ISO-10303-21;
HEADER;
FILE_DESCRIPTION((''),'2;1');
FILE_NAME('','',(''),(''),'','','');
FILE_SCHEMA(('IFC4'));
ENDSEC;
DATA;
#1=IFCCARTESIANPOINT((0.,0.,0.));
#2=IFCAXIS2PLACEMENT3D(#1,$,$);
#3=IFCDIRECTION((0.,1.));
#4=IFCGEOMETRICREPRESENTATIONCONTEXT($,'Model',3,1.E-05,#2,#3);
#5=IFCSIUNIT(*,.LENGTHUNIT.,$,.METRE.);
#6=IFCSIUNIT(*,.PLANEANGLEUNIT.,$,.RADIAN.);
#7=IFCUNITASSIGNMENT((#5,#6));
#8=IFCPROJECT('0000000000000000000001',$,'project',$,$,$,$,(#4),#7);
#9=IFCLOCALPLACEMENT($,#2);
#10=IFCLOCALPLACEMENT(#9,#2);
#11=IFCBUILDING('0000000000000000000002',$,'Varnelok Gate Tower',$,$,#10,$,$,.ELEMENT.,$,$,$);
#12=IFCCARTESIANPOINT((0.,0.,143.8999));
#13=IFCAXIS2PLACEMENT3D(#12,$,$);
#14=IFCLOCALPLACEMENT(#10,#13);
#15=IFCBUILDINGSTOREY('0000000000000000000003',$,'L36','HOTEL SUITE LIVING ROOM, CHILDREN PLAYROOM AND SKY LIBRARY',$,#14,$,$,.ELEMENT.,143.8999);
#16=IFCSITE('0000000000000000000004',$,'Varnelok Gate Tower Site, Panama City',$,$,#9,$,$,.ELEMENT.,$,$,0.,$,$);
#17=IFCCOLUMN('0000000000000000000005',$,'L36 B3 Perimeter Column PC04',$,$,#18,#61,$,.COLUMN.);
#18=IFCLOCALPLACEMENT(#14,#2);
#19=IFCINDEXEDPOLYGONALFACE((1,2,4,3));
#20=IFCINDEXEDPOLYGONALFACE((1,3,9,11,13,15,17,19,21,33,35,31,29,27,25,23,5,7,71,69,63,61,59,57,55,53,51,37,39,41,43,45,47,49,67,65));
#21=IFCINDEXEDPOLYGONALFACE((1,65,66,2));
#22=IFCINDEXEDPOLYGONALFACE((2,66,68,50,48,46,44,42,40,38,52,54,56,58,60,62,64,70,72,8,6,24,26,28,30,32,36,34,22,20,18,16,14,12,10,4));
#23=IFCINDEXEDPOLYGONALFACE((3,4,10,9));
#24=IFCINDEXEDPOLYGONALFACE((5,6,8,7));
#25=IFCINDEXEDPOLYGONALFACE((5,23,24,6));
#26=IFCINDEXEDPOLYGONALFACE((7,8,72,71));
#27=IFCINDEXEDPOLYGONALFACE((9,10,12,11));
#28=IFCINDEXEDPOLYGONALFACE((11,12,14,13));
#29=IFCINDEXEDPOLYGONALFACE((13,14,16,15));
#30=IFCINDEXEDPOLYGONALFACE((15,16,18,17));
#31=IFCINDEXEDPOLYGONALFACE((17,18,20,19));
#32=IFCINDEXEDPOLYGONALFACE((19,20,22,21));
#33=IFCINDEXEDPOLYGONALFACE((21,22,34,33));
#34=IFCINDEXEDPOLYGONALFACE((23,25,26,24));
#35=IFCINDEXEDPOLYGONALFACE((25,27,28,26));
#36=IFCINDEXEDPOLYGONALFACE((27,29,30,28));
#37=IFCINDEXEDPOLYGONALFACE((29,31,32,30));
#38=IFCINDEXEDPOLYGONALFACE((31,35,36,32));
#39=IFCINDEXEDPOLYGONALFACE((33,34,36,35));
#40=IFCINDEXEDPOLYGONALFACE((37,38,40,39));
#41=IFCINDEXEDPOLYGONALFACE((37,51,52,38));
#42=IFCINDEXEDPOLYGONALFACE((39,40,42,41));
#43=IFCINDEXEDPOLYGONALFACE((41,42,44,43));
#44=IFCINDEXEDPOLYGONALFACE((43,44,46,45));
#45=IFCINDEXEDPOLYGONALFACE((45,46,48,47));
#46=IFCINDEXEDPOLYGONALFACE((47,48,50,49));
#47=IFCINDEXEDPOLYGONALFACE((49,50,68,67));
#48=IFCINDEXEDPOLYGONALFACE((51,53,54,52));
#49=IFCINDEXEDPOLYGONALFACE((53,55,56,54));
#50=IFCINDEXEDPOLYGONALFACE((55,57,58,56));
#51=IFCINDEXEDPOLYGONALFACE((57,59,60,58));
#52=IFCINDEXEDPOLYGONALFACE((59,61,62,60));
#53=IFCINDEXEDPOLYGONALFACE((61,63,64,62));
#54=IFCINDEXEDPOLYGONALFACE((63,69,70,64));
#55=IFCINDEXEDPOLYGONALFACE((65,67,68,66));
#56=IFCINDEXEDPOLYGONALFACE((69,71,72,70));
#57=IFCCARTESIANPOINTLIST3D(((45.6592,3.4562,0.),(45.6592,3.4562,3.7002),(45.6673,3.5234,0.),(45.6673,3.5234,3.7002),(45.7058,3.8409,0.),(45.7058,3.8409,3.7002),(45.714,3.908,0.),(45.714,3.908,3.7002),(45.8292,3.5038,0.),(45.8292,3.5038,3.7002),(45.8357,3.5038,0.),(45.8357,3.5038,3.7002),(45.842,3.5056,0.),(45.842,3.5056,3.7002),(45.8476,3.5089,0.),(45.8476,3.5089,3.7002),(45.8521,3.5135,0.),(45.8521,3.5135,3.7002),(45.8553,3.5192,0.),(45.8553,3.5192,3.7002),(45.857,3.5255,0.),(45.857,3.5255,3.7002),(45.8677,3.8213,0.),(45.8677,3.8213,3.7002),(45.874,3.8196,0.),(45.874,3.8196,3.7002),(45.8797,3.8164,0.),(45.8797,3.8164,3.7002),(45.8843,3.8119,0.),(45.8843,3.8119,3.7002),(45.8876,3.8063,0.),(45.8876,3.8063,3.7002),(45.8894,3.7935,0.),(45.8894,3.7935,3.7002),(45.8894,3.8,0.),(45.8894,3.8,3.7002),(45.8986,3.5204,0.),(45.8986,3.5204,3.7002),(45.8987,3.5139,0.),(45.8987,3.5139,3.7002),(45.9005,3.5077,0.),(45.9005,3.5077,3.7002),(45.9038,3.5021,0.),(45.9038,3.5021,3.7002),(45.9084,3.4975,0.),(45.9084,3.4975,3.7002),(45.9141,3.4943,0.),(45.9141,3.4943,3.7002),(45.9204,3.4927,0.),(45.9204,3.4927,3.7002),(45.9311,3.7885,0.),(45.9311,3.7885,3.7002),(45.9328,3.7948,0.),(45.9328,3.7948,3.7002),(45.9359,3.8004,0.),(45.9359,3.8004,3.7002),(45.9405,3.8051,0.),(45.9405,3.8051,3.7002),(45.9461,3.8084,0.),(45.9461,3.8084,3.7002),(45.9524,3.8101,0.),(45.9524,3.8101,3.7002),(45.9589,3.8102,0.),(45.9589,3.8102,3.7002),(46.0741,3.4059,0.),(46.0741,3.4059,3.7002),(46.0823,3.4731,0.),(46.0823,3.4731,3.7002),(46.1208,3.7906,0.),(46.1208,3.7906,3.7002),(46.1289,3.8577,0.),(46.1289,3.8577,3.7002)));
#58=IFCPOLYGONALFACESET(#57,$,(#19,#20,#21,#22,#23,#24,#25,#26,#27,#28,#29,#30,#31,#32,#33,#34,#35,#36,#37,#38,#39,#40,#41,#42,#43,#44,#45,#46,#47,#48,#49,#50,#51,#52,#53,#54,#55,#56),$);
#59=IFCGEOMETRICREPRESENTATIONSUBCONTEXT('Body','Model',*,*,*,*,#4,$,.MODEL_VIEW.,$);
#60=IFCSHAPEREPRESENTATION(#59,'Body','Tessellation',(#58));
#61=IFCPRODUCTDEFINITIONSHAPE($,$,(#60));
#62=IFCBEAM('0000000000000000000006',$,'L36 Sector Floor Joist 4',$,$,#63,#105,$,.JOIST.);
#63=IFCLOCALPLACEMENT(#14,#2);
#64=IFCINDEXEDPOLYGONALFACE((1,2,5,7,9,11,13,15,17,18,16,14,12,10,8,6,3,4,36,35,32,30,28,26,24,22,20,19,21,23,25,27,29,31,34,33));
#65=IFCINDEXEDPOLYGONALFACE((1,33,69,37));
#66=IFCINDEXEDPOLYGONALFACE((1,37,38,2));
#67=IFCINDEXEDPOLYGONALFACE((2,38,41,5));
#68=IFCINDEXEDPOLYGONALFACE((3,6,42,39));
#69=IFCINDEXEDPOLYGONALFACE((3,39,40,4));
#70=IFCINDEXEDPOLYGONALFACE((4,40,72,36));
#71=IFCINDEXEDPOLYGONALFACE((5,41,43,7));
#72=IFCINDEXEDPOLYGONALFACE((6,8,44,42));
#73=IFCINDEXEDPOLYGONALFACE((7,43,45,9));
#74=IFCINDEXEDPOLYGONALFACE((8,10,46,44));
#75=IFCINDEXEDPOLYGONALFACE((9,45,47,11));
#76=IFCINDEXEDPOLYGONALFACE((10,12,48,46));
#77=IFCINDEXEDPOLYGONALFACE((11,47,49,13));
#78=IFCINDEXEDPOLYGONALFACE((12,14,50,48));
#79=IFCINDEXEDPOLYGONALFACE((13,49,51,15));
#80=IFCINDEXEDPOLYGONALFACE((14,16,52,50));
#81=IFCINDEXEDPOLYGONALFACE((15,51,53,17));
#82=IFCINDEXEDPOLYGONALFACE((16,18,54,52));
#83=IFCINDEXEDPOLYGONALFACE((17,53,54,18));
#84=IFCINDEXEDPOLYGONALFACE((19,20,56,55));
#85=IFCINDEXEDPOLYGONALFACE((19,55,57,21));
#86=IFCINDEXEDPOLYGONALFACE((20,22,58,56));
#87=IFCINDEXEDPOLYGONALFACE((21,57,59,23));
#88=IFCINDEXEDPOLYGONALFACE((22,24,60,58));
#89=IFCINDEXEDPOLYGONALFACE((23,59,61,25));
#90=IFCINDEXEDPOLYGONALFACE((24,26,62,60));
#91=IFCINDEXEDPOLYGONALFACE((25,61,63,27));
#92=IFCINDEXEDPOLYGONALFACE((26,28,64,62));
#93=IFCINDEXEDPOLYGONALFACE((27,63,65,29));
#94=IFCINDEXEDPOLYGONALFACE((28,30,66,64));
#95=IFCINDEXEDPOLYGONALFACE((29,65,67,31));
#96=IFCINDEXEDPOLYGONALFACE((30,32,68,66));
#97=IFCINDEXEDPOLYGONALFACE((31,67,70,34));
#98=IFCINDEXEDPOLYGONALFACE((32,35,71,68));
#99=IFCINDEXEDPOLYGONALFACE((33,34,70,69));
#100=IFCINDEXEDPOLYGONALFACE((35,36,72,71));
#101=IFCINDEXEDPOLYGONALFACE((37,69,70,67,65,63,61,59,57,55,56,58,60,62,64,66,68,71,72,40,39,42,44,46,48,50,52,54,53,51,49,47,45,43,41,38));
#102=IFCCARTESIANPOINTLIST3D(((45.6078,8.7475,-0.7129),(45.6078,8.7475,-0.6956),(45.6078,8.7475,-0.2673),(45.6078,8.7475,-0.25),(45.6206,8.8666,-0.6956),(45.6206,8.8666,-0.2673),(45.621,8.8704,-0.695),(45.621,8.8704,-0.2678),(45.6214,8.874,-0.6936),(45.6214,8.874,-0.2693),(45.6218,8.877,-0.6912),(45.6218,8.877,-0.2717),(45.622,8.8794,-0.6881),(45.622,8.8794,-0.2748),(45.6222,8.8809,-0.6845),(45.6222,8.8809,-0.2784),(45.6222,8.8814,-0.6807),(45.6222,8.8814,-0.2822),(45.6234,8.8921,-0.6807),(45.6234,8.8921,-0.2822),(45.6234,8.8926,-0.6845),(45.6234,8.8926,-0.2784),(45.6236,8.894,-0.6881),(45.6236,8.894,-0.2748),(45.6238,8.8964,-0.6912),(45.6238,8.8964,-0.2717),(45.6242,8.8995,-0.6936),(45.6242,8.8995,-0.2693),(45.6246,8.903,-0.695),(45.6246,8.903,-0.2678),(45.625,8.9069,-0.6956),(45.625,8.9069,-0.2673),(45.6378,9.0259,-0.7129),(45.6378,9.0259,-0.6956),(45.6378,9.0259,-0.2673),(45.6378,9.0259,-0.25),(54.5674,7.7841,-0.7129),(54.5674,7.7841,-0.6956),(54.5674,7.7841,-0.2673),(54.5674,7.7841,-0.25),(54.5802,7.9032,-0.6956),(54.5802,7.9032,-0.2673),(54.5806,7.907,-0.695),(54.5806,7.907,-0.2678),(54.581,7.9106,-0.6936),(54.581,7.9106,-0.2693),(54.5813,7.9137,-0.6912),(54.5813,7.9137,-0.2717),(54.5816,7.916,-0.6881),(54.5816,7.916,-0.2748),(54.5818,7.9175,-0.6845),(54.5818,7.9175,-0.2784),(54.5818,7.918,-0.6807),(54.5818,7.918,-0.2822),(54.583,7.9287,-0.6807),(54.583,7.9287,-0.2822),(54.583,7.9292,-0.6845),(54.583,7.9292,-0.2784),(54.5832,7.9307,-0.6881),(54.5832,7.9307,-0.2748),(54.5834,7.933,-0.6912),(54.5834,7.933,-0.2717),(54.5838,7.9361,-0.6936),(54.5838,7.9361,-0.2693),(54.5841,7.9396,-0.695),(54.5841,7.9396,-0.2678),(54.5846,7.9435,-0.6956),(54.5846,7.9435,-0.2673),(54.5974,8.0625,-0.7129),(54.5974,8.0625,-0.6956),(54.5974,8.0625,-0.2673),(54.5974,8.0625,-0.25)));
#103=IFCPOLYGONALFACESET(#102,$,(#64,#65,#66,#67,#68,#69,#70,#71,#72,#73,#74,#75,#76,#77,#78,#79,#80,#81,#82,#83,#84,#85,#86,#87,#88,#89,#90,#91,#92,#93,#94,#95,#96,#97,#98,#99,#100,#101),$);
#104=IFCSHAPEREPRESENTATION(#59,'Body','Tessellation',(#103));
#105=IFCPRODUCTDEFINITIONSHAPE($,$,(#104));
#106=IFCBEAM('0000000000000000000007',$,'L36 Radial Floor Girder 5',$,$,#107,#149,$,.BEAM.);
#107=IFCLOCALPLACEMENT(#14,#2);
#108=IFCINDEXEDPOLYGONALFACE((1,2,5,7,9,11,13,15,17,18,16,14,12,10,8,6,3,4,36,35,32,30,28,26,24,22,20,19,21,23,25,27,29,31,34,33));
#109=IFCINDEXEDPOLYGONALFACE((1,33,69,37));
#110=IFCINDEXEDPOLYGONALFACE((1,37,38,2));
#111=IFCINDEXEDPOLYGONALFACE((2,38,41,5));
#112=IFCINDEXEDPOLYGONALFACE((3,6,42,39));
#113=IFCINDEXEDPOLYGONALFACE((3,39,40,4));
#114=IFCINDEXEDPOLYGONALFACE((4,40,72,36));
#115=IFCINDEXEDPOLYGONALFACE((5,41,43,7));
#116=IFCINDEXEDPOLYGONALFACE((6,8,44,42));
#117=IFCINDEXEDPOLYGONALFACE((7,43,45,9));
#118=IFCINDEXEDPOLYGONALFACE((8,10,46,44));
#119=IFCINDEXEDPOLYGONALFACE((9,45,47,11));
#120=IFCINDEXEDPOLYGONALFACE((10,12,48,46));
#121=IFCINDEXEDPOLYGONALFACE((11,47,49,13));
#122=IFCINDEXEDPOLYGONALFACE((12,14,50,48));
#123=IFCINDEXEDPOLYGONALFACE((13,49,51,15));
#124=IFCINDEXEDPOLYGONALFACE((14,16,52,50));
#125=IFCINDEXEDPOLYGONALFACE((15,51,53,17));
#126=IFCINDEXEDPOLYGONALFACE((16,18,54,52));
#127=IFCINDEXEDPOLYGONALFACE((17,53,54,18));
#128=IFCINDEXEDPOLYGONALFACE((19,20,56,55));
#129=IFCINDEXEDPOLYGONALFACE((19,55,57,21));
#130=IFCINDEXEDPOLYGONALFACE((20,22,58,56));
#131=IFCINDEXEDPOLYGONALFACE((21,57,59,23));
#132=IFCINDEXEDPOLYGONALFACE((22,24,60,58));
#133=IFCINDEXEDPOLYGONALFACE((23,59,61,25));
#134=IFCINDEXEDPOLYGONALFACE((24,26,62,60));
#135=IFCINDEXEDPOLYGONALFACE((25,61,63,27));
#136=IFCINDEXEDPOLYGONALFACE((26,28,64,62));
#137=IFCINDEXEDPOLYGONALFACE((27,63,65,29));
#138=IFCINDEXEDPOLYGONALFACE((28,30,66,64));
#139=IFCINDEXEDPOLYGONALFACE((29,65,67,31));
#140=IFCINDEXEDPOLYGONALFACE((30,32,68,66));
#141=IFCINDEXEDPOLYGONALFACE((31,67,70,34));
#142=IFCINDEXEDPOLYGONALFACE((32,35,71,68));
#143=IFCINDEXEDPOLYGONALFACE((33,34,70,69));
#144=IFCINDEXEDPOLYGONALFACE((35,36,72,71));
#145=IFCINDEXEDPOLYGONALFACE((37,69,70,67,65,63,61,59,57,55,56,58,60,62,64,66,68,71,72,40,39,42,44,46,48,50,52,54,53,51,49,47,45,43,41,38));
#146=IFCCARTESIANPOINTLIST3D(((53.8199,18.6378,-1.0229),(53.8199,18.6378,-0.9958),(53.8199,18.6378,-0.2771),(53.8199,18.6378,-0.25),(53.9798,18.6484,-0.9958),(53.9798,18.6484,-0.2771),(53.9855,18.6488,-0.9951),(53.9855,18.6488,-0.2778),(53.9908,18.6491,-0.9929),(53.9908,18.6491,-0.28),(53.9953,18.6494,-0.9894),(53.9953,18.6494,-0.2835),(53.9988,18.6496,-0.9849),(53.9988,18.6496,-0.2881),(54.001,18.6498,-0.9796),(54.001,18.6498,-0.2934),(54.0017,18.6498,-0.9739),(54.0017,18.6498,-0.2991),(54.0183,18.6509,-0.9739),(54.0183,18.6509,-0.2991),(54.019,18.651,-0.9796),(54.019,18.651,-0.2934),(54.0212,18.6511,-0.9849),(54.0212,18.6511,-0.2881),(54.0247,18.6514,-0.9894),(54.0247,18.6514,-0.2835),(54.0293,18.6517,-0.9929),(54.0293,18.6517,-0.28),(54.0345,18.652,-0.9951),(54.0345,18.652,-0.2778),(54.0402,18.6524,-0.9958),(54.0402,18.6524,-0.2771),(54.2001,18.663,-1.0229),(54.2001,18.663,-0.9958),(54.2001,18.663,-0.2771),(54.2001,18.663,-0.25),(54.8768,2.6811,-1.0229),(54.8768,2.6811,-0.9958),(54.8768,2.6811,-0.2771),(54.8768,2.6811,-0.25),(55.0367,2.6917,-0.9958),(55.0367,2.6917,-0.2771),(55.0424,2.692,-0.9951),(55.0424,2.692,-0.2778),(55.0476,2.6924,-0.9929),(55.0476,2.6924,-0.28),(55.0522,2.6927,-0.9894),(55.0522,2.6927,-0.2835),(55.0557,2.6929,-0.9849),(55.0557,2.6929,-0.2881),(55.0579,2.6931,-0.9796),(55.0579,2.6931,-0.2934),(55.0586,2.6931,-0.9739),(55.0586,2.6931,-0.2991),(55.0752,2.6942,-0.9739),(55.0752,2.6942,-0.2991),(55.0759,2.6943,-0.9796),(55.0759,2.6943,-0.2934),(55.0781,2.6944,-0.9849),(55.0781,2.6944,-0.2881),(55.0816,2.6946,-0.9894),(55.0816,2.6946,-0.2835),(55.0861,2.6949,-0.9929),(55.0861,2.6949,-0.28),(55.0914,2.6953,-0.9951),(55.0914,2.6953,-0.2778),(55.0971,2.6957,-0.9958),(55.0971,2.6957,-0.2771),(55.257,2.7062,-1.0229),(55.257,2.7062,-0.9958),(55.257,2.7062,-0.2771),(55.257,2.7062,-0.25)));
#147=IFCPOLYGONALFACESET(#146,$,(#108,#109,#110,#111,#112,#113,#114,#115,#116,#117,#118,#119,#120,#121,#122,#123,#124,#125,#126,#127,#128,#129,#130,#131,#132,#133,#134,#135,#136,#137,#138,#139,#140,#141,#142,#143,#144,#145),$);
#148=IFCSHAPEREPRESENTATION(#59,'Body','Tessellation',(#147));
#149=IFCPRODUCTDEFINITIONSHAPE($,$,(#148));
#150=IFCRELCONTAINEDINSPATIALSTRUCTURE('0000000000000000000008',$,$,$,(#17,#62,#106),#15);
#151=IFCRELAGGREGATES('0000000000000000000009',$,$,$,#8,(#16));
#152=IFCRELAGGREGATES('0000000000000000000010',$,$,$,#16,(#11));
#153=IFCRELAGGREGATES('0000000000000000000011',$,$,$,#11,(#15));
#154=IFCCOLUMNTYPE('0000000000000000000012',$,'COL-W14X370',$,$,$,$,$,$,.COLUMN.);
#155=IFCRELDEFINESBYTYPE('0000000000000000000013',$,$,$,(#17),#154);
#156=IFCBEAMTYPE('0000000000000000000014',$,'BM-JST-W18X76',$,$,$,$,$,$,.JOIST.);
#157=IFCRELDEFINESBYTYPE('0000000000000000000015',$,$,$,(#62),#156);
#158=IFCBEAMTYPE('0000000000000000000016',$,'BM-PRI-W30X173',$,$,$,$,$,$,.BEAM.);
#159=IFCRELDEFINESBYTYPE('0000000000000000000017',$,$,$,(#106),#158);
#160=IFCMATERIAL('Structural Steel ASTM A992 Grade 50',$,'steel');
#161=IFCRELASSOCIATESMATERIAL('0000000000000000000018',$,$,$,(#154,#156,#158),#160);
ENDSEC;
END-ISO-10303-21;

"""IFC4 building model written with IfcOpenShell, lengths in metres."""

from ifc_helpers import new_model, si_unit, direction, frame, origin, origin_2d, place, context, subcontext, project, spatial, i_section, extrude, material, material_profile, profile_set, type_object, element, save


model = new_model("IFC4")

# Units and contexts
model_context = context("Model", 3, precision=1e-05, world=origin(), true_north=direction((0.0, 1.0)))
body_context = subcontext(model_context, "Body", "Model", "MODEL_VIEW")
ifc_project = project(units=[si_unit("LENGTHUNIT", "METRE"), si_unit("PLANEANGLEUNIT", "RADIAN")], contexts=[model_context])

# Site, building, storey
site_placement = place(None, origin())
site = spatial("IfcSite", under=ifc_project, at=site_placement, Name="Varnelok Gate Tower Site, Panama City", CompositionType="ELEMENT", RefElevation=0.0)
building_placement = place(site_placement, origin())
building = spatial("IfcBuilding", under=site, at=building_placement, Name="Varnelok Gate Tower", CompositionType="ELEMENT")
storey_placement = place(building_placement, frame((0.0, 0.0, 143.8999)))
storey = spatial("IfcBuildingStorey", under=building, at=storey_placement, Name="L36", Description="HOTEL SUITE LIVING ROOM, CHILDREN PLAYROOM AND SKY LIBRARY", CompositionType="ELEMENT", Elevation=143.8999)

# Column
ifc_material_1 = material(Name="Structural Steel ASTM A992 Grade 50", Category="steel")
ifc_material_profile_1 = material_profile(ifc_material_1, i_section(OverallWidth=0.418, OverallDepth=0.4551, WebThickness=0.042, FlangeThickness=0.0676, FilletRadius=0.0249, at=origin_2d()), Name="W14X370")
ifc_profile_set_1 = profile_set([ifc_material_profile_1], Name="Structural Steel ASTM A992 Grade 50")
column_type = type_object("IfcColumnType", Name="COL-W14X370", PredefinedType="COLUMN", material=ifc_profile_set_1)
column_placement = place(storey_placement, frame((45.894, 3.657, 0.0), z_axis=(0.0, 0.0, 1.0), x_axis=(0.992732, -0.120345, 0.0)))
element("IfcColumn", 1, at=column_placement, inside=storey, type_object=column_type, Name="L36 B3 Perimeter Column PC04", PredefinedType="COLUMN", context=body_context, shape_type="SweptSolid", body=[
    extrude(i_section(OverallWidth=0.418, OverallDepth=0.4551, WebThickness=0.042, FlangeThickness=0.0676, FilletRadius=0.0249, at=origin_2d()), origin(), (0.0, 0.0, 1.0), 3.7002),
])

# Beams
ifc_material_profile_2 = material_profile(ifc_material_1, i_section(OverallWidth=0.28, OverallDepth=0.4629, WebThickness=0.0107, FlangeThickness=0.0173, FilletRadius=0.0149, at=origin_2d()), Name="W18X76")
ifc_profile_set_2 = profile_set([ifc_material_profile_2], Name="Structural Steel ASTM A992 Grade 50")
beam_type_1 = type_object("IfcBeamType", Name="BM-JST-W18X76", PredefinedType="JOIST", material=ifc_profile_set_2)
beam_1_placement = place(storey_placement, frame((45.6228, 8.8867, -0.4814), z_axis=(0.994269, -0.10691, 0.0), x_axis=(0.10691, 0.994269, 0.0)))
element("IfcBeam", 2, at=beam_1_placement, inside=storey, type_object=beam_type_1, Name="L36 Sector Floor Joist 4", PredefinedType="JOIST", context=body_context, shape_type="SweptSolid", body=[
    extrude(i_section(OverallWidth=0.28, OverallDepth=0.4629, WebThickness=0.0107, FlangeThickness=0.0173, FilletRadius=0.0149, at=origin_2d()), origin(), (0.0, 0.0, 1.0), 9.0112),
])
ifc_material_profile_3 = material_profile(ifc_material_1, i_section(OverallWidth=0.3811, OverallDepth=0.7729, WebThickness=0.0166, FlangeThickness=0.0271, FilletRadius=0.022, at=origin_2d()), Name="W30X173")
ifc_profile_set_3 = profile_set([ifc_material_profile_3], Name="Structural Steel ASTM A992 Grade 50")
beam_type_2 = type_object("IfcBeamType", Name="BM-PRI-W30X173", PredefinedType="BEAM", material=ifc_profile_set_3)
beam_2_placement = place(storey_placement, frame((54.01, 18.6504, -0.6365), z_axis=(0.066089, -0.997814, 0.0), x_axis=(0.997814, 0.066089, 0.0)))
element("IfcBeam", 3, at=beam_2_placement, inside=storey, type_object=beam_type_2, Name="L36 Radial Floor Girder 5", PredefinedType="BEAM", context=body_context, shape_type="SweptSolid", body=[
    extrude(i_section(OverallWidth=0.3811, OverallDepth=0.7729, WebThickness=0.0166, FlangeThickness=0.0271, FilletRadius=0.022, at=origin_2d()), origin(), (0.0, 0.0, 1.0), 15.9917),
])

save(model, "model.ifc")
